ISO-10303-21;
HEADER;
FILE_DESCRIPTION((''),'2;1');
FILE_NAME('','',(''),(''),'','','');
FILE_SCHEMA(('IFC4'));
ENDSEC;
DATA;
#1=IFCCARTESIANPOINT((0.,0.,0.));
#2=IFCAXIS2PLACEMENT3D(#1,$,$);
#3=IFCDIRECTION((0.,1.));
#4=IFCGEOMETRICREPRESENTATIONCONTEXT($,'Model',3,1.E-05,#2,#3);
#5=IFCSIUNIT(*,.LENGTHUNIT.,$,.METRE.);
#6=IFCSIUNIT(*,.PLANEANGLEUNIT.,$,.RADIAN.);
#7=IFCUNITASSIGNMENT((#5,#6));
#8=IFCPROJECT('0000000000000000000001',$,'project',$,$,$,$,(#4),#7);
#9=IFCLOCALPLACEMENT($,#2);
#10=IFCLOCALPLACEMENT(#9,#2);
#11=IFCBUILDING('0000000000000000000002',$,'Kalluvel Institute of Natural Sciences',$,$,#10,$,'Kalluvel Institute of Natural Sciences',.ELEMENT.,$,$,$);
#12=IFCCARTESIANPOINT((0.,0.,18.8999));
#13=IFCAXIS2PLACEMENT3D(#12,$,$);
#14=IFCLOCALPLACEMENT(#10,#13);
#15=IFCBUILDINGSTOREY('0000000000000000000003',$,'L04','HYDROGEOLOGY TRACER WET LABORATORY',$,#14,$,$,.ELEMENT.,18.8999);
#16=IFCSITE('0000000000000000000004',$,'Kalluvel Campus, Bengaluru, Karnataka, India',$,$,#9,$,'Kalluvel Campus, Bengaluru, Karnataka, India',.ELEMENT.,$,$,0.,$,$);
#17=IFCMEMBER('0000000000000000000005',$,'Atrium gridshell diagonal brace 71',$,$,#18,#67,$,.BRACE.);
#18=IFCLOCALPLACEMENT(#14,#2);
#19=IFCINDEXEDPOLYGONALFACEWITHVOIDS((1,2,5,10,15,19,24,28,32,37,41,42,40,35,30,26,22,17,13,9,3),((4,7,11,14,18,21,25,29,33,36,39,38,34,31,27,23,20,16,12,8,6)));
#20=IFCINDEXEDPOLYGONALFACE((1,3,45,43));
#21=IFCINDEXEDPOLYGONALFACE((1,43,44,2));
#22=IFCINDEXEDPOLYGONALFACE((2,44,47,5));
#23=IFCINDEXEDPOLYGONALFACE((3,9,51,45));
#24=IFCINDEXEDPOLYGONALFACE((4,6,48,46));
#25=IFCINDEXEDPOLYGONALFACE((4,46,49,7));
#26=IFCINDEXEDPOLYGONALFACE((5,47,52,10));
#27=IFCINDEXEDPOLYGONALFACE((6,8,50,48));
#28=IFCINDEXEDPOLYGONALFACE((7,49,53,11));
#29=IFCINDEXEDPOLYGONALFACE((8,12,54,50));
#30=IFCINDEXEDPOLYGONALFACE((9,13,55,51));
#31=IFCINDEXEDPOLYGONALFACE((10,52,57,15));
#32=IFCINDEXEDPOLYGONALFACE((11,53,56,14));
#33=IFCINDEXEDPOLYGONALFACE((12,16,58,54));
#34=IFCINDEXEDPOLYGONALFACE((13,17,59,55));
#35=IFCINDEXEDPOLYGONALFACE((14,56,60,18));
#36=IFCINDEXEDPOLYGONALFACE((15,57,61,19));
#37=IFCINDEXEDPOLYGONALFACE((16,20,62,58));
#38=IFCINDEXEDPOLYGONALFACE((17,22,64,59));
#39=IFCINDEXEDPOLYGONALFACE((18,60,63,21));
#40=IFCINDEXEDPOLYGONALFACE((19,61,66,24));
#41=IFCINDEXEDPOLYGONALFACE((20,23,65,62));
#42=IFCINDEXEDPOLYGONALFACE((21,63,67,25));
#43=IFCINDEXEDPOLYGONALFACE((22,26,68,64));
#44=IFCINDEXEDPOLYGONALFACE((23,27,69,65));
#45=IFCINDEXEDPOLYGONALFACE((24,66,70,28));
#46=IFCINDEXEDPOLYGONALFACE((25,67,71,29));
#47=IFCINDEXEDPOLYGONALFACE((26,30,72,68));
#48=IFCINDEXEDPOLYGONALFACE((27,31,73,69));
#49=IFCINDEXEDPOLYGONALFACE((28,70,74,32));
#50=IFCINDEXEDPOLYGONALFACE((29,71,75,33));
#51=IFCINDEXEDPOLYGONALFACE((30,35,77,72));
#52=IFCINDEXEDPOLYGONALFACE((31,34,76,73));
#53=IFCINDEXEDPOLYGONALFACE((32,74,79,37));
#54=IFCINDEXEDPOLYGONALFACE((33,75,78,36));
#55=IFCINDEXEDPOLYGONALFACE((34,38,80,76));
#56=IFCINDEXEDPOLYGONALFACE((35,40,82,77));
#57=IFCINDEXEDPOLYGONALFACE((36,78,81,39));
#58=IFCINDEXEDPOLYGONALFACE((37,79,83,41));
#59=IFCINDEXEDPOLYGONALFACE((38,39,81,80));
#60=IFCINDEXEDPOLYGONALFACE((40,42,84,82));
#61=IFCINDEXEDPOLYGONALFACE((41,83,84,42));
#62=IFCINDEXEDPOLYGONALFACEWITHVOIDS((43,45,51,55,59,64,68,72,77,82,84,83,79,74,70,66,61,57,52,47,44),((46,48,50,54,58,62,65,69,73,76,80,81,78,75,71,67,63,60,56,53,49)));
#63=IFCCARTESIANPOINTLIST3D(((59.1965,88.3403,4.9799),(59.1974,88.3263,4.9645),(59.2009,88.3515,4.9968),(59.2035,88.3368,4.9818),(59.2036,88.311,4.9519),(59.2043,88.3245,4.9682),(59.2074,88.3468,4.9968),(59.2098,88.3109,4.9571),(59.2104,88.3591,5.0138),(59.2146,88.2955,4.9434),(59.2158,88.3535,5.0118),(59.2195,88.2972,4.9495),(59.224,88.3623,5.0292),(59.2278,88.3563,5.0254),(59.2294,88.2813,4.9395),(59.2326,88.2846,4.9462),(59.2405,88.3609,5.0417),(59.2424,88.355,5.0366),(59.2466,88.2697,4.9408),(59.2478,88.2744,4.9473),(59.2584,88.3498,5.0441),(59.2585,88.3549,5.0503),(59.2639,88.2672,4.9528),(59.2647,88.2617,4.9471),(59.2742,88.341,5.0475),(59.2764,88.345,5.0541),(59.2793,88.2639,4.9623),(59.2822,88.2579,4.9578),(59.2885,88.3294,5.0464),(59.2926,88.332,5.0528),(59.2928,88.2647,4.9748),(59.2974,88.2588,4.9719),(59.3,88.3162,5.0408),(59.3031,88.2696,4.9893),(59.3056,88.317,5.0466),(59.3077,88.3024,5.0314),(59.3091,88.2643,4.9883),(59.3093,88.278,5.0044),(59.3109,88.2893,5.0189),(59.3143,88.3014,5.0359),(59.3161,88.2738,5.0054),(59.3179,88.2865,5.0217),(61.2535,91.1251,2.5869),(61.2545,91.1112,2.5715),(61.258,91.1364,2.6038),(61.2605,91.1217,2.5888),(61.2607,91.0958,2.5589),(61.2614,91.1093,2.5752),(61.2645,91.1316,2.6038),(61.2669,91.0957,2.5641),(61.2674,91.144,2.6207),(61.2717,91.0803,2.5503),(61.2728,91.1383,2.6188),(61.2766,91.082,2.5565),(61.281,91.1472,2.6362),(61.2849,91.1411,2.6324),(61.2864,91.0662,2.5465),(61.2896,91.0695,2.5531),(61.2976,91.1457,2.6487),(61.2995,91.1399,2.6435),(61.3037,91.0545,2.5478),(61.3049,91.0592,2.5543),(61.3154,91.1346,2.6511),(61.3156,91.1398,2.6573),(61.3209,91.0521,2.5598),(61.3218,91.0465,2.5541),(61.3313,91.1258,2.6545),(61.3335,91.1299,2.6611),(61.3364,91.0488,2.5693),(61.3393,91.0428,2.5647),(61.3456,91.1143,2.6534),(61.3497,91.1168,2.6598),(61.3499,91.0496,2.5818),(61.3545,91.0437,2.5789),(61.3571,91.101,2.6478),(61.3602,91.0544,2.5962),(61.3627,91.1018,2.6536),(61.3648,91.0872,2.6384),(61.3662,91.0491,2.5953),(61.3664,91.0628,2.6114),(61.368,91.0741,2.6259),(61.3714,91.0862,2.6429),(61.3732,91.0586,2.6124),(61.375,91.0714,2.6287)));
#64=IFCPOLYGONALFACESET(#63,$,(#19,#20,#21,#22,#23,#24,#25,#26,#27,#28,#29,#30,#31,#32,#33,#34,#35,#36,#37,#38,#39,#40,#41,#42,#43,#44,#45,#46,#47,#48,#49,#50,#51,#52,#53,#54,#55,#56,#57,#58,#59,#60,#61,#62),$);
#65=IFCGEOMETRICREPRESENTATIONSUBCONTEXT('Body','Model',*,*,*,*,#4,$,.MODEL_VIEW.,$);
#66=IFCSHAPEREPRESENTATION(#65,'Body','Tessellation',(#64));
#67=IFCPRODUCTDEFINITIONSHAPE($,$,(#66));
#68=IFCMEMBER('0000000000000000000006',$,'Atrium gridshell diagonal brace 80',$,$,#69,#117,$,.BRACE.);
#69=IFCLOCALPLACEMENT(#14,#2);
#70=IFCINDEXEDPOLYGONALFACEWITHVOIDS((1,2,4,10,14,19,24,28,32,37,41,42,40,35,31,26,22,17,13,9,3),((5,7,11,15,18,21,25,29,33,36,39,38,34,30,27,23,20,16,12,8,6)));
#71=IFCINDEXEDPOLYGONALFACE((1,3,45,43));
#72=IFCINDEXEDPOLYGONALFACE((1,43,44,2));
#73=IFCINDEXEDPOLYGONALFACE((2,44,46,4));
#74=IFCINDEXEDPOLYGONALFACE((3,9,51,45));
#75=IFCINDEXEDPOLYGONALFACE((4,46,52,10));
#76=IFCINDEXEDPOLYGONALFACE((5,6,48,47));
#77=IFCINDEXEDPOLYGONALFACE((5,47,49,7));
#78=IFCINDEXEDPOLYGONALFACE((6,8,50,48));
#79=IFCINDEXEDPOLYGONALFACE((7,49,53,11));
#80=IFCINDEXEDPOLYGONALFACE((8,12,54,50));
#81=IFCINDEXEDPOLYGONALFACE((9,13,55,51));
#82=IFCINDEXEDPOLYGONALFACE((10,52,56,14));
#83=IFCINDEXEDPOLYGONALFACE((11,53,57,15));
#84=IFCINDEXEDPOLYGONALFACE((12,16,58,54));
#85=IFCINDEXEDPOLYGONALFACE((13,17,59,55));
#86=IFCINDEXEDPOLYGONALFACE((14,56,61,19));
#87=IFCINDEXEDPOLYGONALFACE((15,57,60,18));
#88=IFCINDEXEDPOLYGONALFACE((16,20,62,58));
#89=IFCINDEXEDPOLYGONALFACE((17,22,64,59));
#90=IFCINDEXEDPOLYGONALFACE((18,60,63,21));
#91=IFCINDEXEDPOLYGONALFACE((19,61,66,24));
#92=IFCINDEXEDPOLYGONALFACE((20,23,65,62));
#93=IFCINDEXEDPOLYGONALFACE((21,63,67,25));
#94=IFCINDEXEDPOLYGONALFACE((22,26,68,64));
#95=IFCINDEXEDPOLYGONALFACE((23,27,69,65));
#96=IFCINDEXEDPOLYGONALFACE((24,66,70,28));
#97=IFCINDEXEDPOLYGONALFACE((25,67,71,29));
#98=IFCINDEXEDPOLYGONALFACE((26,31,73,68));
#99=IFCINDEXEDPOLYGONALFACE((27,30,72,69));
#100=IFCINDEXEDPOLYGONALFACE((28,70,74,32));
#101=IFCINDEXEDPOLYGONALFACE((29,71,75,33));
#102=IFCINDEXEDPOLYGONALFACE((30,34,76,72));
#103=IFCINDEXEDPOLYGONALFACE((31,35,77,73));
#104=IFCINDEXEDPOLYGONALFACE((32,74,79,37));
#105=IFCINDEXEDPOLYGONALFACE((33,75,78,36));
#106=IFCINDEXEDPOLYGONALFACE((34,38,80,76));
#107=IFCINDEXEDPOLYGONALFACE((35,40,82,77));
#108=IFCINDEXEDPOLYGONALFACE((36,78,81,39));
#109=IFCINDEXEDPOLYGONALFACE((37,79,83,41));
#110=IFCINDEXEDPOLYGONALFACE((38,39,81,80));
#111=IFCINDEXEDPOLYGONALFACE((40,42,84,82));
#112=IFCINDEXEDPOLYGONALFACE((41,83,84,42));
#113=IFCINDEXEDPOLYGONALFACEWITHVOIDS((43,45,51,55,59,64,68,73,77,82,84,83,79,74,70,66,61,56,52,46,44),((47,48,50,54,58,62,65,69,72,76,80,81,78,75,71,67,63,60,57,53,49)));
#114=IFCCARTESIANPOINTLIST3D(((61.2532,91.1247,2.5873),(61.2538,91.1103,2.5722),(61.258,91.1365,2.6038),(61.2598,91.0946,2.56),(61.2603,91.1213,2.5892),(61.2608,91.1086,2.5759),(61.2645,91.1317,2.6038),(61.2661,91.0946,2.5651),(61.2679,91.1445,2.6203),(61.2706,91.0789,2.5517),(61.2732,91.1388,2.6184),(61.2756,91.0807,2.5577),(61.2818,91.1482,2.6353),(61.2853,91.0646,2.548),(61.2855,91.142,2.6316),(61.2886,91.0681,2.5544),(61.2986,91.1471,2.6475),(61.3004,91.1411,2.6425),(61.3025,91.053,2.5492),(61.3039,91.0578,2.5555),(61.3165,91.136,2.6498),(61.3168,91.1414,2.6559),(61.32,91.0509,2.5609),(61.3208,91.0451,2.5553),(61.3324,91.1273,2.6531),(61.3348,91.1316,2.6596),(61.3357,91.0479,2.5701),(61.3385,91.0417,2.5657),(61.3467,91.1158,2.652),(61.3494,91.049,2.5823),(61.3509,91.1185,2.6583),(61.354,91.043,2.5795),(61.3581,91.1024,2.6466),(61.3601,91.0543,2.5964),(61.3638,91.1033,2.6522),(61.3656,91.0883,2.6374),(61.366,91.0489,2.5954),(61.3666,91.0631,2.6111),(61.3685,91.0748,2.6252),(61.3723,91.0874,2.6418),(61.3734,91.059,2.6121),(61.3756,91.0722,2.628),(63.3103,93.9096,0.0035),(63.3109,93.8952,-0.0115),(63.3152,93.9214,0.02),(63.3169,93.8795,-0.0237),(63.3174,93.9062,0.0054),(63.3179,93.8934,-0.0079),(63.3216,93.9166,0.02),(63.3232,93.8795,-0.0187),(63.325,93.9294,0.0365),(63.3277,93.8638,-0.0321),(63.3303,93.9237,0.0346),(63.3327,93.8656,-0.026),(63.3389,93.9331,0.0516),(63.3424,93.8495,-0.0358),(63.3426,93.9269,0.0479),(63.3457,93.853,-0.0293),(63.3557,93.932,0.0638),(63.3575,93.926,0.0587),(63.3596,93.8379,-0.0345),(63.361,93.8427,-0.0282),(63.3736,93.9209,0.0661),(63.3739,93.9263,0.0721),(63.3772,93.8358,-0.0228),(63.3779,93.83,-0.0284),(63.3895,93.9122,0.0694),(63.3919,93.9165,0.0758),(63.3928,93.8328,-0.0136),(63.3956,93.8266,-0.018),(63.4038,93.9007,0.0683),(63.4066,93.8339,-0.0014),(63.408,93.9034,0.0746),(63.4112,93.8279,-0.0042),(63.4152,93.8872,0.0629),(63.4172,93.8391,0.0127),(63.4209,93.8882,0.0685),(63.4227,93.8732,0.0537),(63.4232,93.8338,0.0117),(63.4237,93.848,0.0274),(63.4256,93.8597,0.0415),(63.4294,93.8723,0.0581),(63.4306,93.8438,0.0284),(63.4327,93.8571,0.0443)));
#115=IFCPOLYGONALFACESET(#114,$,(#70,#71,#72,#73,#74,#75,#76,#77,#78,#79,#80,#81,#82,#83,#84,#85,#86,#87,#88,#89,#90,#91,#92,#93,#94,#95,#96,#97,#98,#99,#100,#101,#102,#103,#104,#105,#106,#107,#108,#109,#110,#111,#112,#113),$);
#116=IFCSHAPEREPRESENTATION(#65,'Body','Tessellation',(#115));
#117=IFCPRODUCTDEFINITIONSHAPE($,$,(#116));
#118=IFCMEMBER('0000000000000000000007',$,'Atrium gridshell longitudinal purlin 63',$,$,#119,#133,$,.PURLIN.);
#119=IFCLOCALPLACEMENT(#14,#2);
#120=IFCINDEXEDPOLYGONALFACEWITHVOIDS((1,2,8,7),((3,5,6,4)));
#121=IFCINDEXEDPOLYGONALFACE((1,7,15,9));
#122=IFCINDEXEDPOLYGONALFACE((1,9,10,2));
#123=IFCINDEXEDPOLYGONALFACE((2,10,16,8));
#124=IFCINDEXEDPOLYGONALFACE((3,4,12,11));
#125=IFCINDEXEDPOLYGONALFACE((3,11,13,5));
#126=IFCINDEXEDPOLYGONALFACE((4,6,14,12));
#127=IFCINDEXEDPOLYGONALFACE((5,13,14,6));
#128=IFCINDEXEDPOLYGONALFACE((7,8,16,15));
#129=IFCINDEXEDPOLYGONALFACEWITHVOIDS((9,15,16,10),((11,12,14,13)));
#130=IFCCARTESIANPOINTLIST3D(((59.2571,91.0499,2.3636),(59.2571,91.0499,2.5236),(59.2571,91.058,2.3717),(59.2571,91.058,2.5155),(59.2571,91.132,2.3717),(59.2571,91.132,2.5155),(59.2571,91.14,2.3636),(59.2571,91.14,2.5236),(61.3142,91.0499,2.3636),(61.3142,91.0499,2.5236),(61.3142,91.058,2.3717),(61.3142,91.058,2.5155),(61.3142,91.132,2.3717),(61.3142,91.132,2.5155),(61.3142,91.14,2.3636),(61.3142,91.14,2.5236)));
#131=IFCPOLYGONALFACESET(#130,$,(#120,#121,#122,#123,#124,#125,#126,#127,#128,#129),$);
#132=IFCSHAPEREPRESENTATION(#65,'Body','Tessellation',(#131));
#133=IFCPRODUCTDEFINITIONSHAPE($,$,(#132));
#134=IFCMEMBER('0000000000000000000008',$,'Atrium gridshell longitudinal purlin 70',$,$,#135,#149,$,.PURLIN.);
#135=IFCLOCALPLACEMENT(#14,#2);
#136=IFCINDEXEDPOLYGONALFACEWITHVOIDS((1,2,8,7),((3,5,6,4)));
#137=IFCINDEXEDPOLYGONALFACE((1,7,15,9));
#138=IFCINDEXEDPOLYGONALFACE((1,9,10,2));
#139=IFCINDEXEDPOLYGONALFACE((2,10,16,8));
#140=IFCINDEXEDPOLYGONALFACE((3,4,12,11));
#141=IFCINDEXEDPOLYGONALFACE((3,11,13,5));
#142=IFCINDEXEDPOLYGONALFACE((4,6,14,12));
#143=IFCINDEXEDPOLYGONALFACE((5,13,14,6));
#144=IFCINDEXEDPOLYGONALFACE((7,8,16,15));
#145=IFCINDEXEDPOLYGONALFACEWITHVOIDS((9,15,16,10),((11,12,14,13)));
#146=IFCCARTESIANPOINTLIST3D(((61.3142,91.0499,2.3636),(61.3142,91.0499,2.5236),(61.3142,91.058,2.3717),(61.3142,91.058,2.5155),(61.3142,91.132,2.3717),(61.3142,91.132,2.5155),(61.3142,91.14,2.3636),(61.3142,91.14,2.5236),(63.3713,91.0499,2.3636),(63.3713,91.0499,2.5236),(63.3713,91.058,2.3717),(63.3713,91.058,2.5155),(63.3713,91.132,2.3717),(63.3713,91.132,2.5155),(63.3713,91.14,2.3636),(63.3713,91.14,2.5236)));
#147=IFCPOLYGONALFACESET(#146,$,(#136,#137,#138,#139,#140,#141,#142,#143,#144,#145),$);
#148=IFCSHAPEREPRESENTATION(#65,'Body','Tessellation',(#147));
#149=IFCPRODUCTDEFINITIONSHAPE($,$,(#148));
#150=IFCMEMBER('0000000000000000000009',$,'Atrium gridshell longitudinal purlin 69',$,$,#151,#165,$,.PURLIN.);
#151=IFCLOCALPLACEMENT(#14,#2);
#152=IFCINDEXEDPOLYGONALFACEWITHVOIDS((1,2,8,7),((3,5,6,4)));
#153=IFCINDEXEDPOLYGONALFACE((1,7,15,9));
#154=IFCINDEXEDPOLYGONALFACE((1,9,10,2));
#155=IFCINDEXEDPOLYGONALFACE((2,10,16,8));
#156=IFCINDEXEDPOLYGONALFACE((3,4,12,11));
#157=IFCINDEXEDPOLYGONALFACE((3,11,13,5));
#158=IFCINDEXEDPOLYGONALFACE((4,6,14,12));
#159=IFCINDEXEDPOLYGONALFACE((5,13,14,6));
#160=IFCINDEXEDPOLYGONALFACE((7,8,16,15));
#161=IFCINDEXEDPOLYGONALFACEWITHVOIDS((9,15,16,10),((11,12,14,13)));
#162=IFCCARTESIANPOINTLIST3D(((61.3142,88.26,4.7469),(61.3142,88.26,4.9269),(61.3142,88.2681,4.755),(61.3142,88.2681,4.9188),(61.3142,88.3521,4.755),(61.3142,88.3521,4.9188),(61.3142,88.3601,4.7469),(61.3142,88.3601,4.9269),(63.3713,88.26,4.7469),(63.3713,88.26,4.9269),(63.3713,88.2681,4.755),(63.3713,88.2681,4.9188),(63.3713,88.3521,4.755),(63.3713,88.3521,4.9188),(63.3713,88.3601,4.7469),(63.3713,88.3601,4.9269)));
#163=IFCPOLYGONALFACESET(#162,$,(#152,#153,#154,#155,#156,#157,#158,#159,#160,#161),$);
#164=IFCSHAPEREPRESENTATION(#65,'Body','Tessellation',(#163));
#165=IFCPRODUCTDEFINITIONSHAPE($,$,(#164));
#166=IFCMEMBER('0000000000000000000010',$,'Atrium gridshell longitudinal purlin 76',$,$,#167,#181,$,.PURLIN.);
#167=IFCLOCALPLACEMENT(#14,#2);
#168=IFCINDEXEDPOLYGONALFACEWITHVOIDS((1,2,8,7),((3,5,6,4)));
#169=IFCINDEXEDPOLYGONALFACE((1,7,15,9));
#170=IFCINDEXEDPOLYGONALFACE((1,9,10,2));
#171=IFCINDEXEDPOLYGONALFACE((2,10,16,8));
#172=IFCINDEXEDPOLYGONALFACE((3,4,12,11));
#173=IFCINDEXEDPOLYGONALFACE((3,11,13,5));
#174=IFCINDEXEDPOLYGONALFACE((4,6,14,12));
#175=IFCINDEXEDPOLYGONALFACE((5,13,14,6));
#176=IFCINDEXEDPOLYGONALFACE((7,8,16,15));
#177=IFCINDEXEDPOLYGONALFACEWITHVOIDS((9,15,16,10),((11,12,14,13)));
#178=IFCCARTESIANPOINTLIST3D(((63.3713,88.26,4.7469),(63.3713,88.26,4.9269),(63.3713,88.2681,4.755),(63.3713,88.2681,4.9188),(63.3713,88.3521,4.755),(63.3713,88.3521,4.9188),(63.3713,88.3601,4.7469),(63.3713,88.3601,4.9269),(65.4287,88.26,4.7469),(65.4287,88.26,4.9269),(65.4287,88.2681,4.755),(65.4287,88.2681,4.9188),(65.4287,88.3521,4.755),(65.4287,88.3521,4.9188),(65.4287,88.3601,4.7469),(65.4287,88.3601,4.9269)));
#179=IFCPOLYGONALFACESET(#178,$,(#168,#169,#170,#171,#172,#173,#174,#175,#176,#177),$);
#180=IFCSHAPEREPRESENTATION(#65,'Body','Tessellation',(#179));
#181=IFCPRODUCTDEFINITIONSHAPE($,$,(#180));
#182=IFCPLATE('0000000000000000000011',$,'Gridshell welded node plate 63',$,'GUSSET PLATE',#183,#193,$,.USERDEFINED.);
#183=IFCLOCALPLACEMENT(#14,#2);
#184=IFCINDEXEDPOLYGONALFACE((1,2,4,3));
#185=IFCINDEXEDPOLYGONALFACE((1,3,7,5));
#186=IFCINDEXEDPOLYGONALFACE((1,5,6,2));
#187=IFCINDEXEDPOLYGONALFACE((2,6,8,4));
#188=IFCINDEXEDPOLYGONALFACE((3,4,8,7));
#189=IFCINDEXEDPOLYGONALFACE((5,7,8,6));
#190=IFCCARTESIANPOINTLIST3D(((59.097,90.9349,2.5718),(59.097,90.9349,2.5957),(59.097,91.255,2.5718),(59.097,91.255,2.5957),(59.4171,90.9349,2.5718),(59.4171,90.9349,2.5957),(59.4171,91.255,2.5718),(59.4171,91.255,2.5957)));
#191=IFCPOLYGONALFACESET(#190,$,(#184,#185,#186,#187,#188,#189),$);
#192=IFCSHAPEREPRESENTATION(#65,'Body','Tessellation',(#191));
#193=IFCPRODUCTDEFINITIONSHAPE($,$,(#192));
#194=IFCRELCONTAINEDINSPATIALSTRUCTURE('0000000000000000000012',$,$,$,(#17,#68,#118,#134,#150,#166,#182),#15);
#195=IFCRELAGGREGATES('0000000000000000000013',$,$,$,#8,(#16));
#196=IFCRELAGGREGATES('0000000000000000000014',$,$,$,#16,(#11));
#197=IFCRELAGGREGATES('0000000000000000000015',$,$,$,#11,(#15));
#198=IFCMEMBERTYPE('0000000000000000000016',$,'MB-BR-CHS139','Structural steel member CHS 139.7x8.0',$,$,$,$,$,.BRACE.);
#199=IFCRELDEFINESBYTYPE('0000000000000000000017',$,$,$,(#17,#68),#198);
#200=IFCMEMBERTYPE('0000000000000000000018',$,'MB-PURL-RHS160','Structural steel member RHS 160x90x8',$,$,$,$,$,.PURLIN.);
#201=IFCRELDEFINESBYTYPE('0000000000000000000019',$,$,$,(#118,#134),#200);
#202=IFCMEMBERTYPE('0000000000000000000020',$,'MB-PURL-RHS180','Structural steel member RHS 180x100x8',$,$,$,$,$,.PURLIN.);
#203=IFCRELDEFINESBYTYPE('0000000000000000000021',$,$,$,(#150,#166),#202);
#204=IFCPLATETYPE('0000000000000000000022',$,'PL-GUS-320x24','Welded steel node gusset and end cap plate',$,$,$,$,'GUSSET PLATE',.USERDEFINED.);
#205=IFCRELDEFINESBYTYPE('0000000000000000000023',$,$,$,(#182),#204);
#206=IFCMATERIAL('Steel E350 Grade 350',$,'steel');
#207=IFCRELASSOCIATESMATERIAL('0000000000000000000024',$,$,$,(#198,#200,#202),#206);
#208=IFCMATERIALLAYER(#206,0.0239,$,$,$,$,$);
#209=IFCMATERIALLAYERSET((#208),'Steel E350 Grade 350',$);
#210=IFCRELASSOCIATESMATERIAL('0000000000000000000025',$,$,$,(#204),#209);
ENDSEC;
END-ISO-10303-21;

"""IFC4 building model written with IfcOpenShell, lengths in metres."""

from ifc_helpers import new_model, si_unit, direction, frame, origin, origin_2d, place, context, subcontext, project, spatial, rectangle, hollow_rectangle, hollow_circle, extrude, material, layer, layer_set, material_profile, profile_set, type_object, element, save


model = new_model("IFC4")

# Units and contexts
model_context = context("Model", 3, precision=1e-05, world=origin(), true_north=direction((0.0, 1.0)))
body_context = subcontext(model_context, "Body", "Model", "MODEL_VIEW")
ifc_project = project(units=[si_unit("LENGTHUNIT", "METRE"), si_unit("PLANEANGLEUNIT", "RADIAN")], contexts=[model_context])

# Site, building, storey
site_placement = place(None, origin())
site = spatial("IfcSite", under=ifc_project, at=site_placement, Name="Kalluvel Campus, Bengaluru, Karnataka, India", LongName="Kalluvel Campus, Bengaluru, Karnataka, India", CompositionType="ELEMENT", RefElevation=0.0)
building_placement = place(site_placement, origin())
building = spatial("IfcBuilding", under=site, at=building_placement, Name="Kalluvel Institute of Natural Sciences", LongName="Kalluvel Institute of Natural Sciences", CompositionType="ELEMENT")
storey_placement = place(building_placement, frame((0.0, 0.0, 18.8999)))
storey = spatial("IfcBuildingStorey", under=building, at=storey_placement, Name="L04", Description="HYDROGEOLOGY TRACER WET LABORATORY", CompositionType="ELEMENT", Elevation=18.8999)

# Members
ifc_material_1 = material(Name="Steel E350 Grade 350", Category="steel")
ifc_material_profile_1 = material_profile(ifc_material_1, hollow_circle(Radius=0.0698, WallThickness=0.0081, at=origin_2d()), Name="CHS 139.7x8.0")
ifc_profile_set_1 = profile_set([ifc_material_profile_1], Name="Steel E350 Grade 350")
member_type_1 = type_object("IfcMemberType", Name="MB-BR-CHS139", Description="Structural steel member CHS 139.7x8.0", PredefinedType="BRACE", material=ifc_profile_set_1)
member_1_placement = place(storey_placement, frame((59.2571, 88.3101, 4.9968), z_axis=(0.488765, 0.661683, -0.568582), x_axis=(-0.804353, 0.594151, 0.0)))
element("IfcMember", 1, at=member_1_placement, inside=storey, type_object=member_type_1, Name="Atrium gridshell diagonal brace 71", PredefinedType="BRACE", context=body_context, shape_type="SweptSolid", body=[
    extrude(hollow_circle(Radius=0.0698, WallThickness=0.0081, at=origin_2d()), origin(), (0.0, 0.0, 1.0), 4.2087),
])
member_2_placement = place(storey_placement, frame((61.3142, 91.095, 2.6038), z_axis=(0.476177, 0.644641, -0.598075), x_axis=(-0.804353, 0.594151, 0.0)))
element("IfcMember", 2, at=member_2_placement, inside=storey, type_object=member_type_1, Name="Atrium gridshell diagonal brace 80", PredefinedType="BRACE", context=body_context, shape_type="SweptSolid", body=[
    extrude(hollow_circle(Radius=0.0698, WallThickness=0.0081, at=origin_2d()), origin(), (0.0, 0.0, 1.0), 4.3201),
])
ifc_material_profile_2 = material_profile(ifc_material_1, hollow_rectangle(XDim=0.0901, YDim=0.1599, WallThickness=0.0081, at=origin_2d()), Name="RHS 160x90x8")
ifc_profile_set_2 = profile_set([ifc_material_profile_2], Name="Steel E350 Grade 350")
member_type_2 = type_object("IfcMemberType", Name="MB-PURL-RHS160", Description="Structural steel member RHS 160x90x8", PredefinedType="PURLIN", material=ifc_profile_set_2)
for number, where, z_axis, x_axis, name in (
    (3, (59.2571, 91.095, 2.4436), (1.0, 0.0, 0.0), (0.0, 1.0, 0.0), "Atrium gridshell longitudinal purlin 63"),
    (4, (61.3142, 91.095, 2.4436), (1.0, 0.0, 0.0), (0.0, 1.0, 0.0), "Atrium gridshell longitudinal purlin 70"),
):
    element("IfcMember", number, at=place(storey_placement, frame(where, z_axis=z_axis, x_axis=x_axis)), inside=storey, type_object=member_type_2, Name=name, PredefinedType="PURLIN", context=body_context, shape_type="SweptSolid", body=[
        extrude(hollow_rectangle(XDim=0.0901, YDim=0.1599, WallThickness=0.0081, at=origin_2d()), origin(), (0.0, 0.0, 1.0), 2.0571),
    ])
ifc_material_profile_3 = material_profile(ifc_material_1, hollow_rectangle(XDim=0.1001, YDim=0.1799, WallThickness=0.0081, at=origin_2d()), Name="RHS 180x100x8")
ifc_profile_set_3 = profile_set([ifc_material_profile_3], Name="Steel E350 Grade 350")
member_type_3 = type_object("IfcMemberType", Name="MB-PURL-RHS180", Description="Structural steel member RHS 180x100x8", PredefinedType="PURLIN", material=ifc_profile_set_3)
member_3_placement = place(storey_placement, frame((61.3142, 88.3101, 4.8369), z_axis=(1.0, 0.0, 0.0), x_axis=(0.0, 1.0, 0.0)))
element("IfcMember", 5, at=member_3_placement, inside=storey, type_object=member_type_3, Name="Atrium gridshell longitudinal purlin 69", PredefinedType="PURLIN", context=body_context, shape_type="SweptSolid", body=[
    extrude(hollow_rectangle(XDim=0.1001, YDim=0.1799, WallThickness=0.0081, at=origin_2d()), origin(), (0.0, 0.0, 1.0), 2.0571),
])
member_4_placement = place(storey_placement, frame((63.3713, 88.3101, 4.8369), z_axis=(1.0, 0.0, 0.0), x_axis=(0.0, 1.0, 0.0)))
element("IfcMember", 6, at=member_4_placement, inside=storey, type_object=member_type_3, Name="Atrium gridshell longitudinal purlin 76", PredefinedType="PURLIN", context=body_context, shape_type="SweptSolid", body=[
    extrude(hollow_rectangle(XDim=0.1001, YDim=0.1799, WallThickness=0.0081, at=origin_2d()), origin(), (0.0, 0.0, 1.0), 2.0574),
])

# Plate
ifc_layer_1 = layer(ifc_material_1, 0.0239)
ifc_layer_set_1 = layer_set([ifc_layer_1], Name="Steel E350 Grade 350")
plate_type_1 = type_object("IfcPlateType", Name="PL-GUS-320x24", Description="Welded steel node gusset and end cap plate", ElementType="GUSSET PLATE", PredefinedType="USERDEFINED", material=ifc_layer_set_1)
for number, where, z_axis, x_axis, name in (
    (7, (59.2571, 91.095, 2.5718), (0.0, 0.0, 1.0), (1.0, 0.0, 0.0), "Gridshell welded node plate 63"),
):
    element("IfcPlate", number, at=place(storey_placement, frame(where, z_axis=z_axis, x_axis=x_axis)), inside=storey, type_object=plate_type_1, Name=name, ObjectType="GUSSET PLATE", PredefinedType="USERDEFINED", context=body_context, shape_type="SweptSolid", body=[
        extrude(rectangle(XDim=0.3201, YDim=0.3201, at=origin_2d()), origin(), (0.0, 0.0, 1.0), 0.0239),
    ])

save(model, "model.ifc")
